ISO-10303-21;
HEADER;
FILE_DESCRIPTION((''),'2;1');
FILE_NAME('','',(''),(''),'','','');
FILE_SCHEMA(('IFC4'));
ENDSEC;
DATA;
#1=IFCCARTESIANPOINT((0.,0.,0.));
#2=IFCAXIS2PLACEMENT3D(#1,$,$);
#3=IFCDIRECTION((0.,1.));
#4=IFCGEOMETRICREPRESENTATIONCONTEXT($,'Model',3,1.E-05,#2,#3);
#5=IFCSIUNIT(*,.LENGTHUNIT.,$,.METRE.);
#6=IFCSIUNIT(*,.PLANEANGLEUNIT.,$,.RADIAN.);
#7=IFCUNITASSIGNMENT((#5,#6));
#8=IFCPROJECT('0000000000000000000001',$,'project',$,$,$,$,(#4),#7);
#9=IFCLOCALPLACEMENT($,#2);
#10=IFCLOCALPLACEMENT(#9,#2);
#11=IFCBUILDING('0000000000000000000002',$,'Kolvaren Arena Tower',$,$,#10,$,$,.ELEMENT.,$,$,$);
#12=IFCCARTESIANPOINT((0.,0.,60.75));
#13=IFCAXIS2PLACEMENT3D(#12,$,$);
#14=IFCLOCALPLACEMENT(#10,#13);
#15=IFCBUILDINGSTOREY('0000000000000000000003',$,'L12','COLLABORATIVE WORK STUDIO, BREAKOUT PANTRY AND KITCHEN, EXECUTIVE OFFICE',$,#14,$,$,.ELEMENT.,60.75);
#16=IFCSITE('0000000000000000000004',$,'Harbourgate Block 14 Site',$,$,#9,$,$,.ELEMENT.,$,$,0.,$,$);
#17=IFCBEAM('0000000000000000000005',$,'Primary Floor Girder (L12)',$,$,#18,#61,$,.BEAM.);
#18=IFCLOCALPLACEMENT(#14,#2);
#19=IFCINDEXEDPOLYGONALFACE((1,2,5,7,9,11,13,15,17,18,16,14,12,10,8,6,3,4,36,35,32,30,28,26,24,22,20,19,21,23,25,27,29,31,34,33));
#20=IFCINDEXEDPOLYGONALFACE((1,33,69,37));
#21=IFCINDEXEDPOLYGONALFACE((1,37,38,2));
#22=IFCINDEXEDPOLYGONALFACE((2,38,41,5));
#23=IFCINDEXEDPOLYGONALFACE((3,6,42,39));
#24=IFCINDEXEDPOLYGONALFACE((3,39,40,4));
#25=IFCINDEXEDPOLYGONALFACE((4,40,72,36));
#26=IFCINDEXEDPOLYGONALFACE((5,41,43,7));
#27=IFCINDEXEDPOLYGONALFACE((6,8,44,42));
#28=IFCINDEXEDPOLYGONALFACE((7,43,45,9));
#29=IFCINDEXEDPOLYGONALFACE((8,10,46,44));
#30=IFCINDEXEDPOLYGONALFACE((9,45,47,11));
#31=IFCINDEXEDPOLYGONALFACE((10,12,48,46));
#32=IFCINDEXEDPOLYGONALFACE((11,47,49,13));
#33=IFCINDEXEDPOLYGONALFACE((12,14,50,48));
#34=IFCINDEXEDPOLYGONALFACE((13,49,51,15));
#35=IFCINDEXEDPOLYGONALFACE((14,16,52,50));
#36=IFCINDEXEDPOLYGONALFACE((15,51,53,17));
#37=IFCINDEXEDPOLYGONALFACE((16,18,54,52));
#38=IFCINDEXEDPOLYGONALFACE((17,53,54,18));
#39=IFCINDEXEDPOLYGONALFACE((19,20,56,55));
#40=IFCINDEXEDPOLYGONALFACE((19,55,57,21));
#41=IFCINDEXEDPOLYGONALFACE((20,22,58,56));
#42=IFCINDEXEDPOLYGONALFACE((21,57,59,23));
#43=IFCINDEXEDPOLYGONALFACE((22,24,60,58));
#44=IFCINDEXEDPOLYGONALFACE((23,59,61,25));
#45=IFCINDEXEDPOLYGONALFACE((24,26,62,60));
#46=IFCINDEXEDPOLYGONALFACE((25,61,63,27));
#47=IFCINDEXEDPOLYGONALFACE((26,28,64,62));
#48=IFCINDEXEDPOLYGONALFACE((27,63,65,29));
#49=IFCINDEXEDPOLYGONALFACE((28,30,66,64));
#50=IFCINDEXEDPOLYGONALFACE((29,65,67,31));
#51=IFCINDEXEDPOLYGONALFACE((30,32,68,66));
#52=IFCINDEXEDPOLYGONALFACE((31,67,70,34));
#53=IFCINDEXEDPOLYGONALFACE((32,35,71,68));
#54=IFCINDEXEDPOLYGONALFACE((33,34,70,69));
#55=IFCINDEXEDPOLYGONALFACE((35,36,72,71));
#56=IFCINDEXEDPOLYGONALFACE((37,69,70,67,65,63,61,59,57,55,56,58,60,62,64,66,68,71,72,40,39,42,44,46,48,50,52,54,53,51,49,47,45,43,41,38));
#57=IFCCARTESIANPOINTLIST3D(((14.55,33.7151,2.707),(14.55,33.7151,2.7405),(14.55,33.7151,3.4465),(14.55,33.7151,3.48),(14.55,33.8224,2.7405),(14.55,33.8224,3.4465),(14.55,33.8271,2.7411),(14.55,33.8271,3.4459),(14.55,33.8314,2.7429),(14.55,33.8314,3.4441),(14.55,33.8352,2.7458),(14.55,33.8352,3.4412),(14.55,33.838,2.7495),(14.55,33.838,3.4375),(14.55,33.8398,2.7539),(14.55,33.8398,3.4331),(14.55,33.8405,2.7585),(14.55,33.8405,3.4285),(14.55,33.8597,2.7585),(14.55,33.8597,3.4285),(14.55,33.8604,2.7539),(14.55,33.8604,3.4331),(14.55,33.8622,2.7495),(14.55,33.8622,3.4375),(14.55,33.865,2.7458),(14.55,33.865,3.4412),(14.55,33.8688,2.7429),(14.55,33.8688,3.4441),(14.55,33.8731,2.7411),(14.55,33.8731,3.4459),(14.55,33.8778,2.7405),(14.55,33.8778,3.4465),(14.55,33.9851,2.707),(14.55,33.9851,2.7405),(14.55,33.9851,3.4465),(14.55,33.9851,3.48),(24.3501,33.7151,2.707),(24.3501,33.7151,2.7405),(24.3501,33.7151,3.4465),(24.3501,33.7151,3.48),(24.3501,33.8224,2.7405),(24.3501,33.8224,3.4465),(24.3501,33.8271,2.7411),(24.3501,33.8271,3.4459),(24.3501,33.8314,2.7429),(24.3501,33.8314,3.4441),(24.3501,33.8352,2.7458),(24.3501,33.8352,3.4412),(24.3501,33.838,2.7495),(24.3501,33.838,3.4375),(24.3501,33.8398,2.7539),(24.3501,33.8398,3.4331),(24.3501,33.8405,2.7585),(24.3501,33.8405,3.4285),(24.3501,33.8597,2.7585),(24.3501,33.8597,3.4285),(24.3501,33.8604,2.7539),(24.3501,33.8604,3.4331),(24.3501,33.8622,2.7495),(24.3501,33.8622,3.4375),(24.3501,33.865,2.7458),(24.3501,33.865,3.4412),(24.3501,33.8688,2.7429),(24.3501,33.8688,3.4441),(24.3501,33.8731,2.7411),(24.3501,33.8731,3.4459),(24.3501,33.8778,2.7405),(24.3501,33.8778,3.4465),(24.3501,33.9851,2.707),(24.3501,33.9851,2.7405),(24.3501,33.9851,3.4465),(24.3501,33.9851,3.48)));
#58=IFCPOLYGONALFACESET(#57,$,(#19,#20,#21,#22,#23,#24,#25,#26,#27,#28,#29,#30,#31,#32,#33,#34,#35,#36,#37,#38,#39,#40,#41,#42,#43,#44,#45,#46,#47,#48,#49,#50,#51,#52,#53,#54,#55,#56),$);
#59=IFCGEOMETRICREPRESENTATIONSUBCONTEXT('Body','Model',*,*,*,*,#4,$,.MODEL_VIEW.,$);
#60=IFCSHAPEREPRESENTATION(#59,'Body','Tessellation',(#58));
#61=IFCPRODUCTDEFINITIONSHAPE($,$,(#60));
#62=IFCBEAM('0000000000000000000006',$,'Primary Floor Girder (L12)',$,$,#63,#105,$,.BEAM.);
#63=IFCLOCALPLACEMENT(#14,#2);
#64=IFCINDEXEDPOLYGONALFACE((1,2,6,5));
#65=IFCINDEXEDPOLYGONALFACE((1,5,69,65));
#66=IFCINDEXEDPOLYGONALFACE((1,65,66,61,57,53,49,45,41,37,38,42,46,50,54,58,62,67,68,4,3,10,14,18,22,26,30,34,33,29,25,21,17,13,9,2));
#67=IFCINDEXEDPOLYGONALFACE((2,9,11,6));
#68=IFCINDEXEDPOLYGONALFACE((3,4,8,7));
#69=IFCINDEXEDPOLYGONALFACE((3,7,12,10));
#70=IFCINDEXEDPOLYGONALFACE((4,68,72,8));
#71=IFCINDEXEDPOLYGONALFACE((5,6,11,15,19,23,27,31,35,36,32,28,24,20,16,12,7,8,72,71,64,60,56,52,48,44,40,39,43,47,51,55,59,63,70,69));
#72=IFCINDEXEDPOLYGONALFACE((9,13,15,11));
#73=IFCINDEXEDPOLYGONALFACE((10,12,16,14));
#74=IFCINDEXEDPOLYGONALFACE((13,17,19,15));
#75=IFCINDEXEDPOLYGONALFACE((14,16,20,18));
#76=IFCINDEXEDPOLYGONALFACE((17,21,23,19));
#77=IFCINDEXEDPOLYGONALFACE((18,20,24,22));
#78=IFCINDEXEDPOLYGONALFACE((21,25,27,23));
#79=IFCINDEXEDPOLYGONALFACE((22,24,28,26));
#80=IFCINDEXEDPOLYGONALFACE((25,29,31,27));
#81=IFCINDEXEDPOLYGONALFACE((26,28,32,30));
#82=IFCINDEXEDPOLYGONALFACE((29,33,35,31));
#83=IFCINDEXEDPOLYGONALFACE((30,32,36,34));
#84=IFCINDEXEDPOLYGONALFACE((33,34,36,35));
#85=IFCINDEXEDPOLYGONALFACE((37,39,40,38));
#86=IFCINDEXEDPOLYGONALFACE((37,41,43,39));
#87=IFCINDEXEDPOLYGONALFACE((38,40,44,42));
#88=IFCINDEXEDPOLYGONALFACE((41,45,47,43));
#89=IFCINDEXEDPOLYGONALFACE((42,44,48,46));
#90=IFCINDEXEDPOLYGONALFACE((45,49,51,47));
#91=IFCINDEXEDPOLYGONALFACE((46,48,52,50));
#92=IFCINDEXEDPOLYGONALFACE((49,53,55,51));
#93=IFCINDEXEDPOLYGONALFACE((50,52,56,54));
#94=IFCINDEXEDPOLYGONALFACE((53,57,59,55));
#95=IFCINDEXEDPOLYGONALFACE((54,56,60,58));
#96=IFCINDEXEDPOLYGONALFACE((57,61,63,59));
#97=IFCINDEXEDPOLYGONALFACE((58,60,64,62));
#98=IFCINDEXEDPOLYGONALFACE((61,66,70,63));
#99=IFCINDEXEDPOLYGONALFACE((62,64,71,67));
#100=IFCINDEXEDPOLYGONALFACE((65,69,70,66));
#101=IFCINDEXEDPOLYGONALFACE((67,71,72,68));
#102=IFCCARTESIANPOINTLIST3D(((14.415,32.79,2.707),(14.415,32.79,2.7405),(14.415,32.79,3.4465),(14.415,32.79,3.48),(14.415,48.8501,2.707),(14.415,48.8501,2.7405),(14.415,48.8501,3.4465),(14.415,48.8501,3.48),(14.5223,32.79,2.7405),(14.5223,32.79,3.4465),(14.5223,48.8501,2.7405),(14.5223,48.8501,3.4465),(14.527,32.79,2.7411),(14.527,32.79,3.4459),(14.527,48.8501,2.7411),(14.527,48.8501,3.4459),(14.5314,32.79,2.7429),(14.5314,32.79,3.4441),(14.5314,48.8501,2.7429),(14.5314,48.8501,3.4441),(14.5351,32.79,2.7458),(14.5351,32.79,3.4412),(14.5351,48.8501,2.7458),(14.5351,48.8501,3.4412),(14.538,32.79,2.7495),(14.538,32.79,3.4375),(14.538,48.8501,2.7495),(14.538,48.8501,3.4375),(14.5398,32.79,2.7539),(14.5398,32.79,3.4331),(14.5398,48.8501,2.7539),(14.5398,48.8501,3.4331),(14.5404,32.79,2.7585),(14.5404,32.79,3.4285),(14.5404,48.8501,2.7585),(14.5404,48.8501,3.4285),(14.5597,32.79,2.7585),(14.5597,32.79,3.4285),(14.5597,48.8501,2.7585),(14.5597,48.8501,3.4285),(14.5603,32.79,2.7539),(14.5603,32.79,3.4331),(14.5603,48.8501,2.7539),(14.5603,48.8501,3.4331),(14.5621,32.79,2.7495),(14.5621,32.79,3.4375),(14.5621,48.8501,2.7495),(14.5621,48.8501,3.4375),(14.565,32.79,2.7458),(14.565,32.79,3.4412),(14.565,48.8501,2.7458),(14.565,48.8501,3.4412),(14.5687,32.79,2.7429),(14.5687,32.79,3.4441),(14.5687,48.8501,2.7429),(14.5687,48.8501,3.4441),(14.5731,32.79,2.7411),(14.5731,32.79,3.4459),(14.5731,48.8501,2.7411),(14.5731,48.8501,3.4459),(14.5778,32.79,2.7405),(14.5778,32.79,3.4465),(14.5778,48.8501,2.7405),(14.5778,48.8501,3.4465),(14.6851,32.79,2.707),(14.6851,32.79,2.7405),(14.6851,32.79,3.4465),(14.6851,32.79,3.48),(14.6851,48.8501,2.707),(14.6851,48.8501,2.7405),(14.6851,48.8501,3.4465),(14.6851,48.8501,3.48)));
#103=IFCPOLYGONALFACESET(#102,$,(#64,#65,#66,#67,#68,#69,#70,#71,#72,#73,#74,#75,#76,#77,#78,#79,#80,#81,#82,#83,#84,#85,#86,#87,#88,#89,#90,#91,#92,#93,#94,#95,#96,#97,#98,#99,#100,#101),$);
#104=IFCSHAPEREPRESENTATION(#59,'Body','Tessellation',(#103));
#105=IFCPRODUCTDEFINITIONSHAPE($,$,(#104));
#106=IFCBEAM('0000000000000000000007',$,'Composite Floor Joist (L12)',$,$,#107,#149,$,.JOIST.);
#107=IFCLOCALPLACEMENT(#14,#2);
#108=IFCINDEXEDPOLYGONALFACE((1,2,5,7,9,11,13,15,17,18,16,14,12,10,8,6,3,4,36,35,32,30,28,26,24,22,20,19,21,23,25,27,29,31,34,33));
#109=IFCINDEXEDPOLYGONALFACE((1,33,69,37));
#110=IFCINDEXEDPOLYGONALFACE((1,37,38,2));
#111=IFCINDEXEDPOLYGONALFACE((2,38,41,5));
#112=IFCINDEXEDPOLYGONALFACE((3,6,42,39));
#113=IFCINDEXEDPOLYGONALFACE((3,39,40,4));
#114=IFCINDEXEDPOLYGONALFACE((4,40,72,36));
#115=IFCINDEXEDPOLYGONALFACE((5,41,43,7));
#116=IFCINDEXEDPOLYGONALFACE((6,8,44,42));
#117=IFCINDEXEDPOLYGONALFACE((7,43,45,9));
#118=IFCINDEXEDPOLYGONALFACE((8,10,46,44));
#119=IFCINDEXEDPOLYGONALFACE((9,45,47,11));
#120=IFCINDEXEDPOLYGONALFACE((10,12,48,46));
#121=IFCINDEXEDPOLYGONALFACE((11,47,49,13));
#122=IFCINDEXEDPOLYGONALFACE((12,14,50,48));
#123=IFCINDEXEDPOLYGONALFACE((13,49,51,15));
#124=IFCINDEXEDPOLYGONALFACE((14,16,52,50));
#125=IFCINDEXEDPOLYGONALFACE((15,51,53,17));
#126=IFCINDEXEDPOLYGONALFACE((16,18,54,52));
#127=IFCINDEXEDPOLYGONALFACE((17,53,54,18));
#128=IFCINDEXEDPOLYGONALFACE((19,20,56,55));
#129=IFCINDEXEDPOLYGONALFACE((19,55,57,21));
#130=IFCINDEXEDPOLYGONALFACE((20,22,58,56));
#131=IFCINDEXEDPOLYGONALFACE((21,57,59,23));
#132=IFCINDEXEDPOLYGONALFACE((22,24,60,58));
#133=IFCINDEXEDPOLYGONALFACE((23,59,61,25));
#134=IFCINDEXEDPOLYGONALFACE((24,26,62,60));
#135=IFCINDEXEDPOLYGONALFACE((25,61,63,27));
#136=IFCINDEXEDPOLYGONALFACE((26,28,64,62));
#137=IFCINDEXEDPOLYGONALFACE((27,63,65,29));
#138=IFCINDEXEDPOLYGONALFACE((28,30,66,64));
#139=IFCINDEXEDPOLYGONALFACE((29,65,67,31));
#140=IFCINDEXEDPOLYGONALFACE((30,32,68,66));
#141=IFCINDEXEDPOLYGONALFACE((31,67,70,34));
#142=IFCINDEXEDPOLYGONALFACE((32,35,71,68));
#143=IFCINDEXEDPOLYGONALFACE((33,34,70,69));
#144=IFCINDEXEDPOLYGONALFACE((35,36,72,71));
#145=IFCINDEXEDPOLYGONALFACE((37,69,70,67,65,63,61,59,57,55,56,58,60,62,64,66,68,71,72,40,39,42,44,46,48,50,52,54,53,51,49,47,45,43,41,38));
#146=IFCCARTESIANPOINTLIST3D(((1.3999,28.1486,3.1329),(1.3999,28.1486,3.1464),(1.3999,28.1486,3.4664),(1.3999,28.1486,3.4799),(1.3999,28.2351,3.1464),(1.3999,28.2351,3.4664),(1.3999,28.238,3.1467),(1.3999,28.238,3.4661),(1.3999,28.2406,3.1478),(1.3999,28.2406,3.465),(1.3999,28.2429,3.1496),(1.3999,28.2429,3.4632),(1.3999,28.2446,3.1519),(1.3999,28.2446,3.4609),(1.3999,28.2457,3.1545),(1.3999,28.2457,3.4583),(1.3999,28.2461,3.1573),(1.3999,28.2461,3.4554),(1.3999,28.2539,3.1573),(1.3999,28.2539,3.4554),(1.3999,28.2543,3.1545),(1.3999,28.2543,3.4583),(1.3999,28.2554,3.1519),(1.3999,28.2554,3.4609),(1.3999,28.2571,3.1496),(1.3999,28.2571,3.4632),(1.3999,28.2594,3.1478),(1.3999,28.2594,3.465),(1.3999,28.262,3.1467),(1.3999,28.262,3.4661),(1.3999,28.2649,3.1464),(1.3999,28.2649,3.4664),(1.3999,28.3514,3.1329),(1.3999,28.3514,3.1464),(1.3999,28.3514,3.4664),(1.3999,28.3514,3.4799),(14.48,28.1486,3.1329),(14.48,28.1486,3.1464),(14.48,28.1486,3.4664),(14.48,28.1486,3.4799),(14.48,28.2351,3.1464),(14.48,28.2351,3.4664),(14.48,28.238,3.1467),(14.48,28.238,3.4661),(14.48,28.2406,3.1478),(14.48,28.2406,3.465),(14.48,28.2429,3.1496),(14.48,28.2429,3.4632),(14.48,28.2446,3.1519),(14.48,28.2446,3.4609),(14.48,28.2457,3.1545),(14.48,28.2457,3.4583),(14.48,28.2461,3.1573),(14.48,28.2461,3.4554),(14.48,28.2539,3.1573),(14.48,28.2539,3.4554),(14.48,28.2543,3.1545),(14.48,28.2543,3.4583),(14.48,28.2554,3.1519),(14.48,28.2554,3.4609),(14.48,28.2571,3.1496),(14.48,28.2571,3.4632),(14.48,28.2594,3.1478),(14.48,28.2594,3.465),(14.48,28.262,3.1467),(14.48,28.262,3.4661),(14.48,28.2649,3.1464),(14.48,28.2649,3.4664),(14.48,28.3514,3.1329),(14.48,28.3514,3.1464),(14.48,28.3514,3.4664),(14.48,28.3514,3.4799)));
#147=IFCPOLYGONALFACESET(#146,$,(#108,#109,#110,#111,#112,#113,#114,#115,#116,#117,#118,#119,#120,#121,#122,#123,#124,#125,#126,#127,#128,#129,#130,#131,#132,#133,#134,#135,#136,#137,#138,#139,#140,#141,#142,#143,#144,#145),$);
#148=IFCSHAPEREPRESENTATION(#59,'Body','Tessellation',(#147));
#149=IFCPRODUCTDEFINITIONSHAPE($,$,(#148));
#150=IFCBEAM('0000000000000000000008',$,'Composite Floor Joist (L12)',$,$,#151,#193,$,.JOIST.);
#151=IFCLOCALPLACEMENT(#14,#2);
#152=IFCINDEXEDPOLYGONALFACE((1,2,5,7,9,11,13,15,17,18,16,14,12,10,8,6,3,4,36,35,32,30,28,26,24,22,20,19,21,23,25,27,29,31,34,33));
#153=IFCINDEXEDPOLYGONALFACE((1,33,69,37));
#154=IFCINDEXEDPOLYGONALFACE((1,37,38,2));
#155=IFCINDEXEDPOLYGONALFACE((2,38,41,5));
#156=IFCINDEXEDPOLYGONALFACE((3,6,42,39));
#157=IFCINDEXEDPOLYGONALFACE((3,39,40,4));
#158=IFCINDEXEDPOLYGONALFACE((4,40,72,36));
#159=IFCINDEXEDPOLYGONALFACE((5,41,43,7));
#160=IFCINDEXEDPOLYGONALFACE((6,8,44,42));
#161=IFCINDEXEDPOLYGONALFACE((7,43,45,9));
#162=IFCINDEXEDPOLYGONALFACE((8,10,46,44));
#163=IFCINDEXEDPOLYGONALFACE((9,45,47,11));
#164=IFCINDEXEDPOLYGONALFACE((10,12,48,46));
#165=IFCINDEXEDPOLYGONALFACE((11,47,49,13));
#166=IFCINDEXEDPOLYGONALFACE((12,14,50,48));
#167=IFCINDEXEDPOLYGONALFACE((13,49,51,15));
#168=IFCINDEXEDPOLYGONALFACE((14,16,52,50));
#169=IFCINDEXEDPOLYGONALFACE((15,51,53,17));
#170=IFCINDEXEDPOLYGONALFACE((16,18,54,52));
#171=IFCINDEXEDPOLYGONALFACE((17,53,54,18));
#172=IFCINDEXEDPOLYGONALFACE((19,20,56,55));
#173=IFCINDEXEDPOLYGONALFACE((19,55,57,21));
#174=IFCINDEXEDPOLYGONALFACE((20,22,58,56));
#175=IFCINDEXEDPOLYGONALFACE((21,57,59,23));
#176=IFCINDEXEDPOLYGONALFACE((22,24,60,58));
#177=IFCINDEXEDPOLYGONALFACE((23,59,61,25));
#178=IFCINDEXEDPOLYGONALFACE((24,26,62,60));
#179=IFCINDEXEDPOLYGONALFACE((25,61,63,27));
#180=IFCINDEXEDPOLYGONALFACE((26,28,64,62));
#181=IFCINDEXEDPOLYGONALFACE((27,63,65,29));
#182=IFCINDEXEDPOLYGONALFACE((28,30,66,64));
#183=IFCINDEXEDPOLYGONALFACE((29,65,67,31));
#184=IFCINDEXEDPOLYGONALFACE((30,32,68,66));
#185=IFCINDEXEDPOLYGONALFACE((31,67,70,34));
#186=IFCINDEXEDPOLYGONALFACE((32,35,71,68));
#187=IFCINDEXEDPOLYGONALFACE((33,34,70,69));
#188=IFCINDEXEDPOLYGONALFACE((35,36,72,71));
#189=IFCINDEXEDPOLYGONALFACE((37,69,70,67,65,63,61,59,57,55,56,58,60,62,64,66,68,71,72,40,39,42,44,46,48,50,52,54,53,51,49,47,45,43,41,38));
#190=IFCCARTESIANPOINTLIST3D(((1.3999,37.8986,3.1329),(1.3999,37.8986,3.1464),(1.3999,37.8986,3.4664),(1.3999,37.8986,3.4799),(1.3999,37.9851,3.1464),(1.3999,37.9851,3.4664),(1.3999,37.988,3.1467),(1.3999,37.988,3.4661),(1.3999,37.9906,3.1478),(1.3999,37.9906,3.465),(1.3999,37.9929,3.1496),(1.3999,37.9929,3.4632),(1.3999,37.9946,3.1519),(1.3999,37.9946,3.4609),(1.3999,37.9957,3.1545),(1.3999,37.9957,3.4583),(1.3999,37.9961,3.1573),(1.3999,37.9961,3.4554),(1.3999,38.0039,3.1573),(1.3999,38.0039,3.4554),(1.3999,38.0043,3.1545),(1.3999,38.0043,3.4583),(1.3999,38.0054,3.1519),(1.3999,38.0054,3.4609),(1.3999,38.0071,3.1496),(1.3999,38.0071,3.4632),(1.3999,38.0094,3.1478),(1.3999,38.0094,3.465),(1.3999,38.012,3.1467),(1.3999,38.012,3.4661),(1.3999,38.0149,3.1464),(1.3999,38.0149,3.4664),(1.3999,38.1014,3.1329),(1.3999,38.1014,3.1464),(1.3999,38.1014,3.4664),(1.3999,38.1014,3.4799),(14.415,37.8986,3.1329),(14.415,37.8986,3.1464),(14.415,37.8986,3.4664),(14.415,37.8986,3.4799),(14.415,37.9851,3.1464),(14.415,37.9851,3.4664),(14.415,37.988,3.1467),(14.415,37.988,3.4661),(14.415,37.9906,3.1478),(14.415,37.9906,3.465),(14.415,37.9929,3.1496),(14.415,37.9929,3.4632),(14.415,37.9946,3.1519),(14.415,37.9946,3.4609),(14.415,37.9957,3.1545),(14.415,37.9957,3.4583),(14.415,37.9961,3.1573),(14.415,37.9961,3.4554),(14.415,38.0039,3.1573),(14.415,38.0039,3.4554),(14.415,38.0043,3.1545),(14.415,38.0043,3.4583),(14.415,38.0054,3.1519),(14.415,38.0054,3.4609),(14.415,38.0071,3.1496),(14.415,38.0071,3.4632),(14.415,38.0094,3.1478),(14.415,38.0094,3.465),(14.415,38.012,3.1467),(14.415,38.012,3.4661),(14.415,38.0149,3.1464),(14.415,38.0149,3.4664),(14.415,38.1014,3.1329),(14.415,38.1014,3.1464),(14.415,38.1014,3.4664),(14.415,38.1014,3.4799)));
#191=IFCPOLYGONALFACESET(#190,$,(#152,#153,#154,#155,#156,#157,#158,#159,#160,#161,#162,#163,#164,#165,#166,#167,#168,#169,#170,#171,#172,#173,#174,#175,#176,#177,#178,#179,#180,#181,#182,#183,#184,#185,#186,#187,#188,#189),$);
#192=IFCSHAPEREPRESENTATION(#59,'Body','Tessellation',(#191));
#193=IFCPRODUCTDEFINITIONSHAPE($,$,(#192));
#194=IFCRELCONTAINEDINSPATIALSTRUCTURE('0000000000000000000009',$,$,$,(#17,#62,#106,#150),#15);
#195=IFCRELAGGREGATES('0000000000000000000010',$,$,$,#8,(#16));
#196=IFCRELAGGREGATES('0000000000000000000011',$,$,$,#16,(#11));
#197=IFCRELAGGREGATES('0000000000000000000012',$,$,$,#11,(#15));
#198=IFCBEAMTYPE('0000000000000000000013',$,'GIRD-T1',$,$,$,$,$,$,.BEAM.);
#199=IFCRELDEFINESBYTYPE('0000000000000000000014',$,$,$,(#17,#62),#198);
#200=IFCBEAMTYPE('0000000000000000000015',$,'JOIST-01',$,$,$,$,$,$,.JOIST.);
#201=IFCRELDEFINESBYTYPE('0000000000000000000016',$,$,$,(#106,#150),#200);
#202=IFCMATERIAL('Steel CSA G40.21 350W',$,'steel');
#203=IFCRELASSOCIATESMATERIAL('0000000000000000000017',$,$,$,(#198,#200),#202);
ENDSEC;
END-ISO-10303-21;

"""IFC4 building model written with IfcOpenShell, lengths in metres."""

from ifc_helpers import new_model, si_unit, direction, frame, origin, origin_2d, place, context, subcontext, project, spatial, i_section, extrude, material, material_profile, profile_set, type_object, element, save


model = new_model("IFC4")

# Units and contexts
model_context = context("Model", 3, precision=1e-05, world=origin(), true_north=direction((0.0, 1.0)))
body_context = subcontext(model_context, "Body", "Model", "MODEL_VIEW")
ifc_project = project(units=[si_unit("LENGTHUNIT", "METRE"), si_unit("PLANEANGLEUNIT", "RADIAN")], contexts=[model_context])

# Site, building, storey
site_placement = place(None, origin())
site = spatial("IfcSite", under=ifc_project, at=site_placement, Name="Harbourgate Block 14 Site", CompositionType="ELEMENT", RefElevation=0.0)
building_placement = place(site_placement, origin())
building = spatial("IfcBuilding", under=site, at=building_placement, Name="Kolvaren Arena Tower", CompositionType="ELEMENT")
storey_placement = place(building_placement, frame((0.0, 0.0, 60.75)))
storey = spatial("IfcBuildingStorey", under=building, at=storey_placement, Name="L12", Description="COLLABORATIVE WORK STUDIO, BREAKOUT PANTRY AND KITCHEN, EXECUTIVE OFFICE", CompositionType="ELEMENT", Elevation=60.75)

# Beams
ifc_material_1 = material(Name="Steel CSA G40.21 350W", Category="steel")
ifc_material_profile_1 = material_profile(ifc_material_1, i_section(OverallWidth=0.27, OverallDepth=0.7729, WebThickness=0.0193, FlangeThickness=0.0334, FilletRadius=0.0181, at=origin_2d()), Name="W760x257")
ifc_profile_set_1 = profile_set([ifc_material_profile_1], Name="Steel CSA G40.21 350W")
beam_type_1 = type_object("IfcBeamType", Name="GIRD-T1", PredefinedType="BEAM", material=ifc_profile_set_1)
beam_1_placement = place(storey_placement, frame((14.55, 33.8501, 3.0935), z_axis=(1.0, 0.0, 0.0), x_axis=(0.0, 1.0, 0.0)))
element("IfcBeam", 1, at=beam_1_placement, inside=storey, type_object=beam_type_1, Name="Primary Floor Girder (L12)", PredefinedType="BEAM", context=body_context, shape_type="SweptSolid", body=[
    extrude(i_section(OverallWidth=0.27, OverallDepth=0.7729, WebThickness=0.0193, FlangeThickness=0.0334, FilletRadius=0.0181, at=origin_2d()), origin(), (0.0, 0.0, 1.0), 9.8),
])
beam_2_placement = place(storey_placement, frame((14.55, 32.79, 3.0935), z_axis=(0.0, 1.0, 0.0), x_axis=(-1.0, 0.0, 0.0)))
element("IfcBeam", 2, at=beam_2_placement, inside=storey, type_object=beam_type_1, Name="Primary Floor Girder (L12)", PredefinedType="BEAM", context=body_context, shape_type="SweptSolid", body=[
    extrude(i_section(OverallWidth=0.27, OverallDepth=0.7729, WebThickness=0.0193, FlangeThickness=0.0334, FilletRadius=0.0181, at=origin_2d()), origin(), (0.0, 0.0, 1.0), 16.0601),
])
ifc_material_profile_2 = material_profile(ifc_material_1, i_section(OverallWidth=0.2029, OverallDepth=0.3469, WebThickness=0.0078, FlangeThickness=0.0134, FilletRadius=0.011, at=origin_2d()), Name="W360x64")
ifc_profile_set_2 = profile_set([ifc_material_profile_2], Name="Steel CSA G40.21 350W")
beam_type_2 = type_object("IfcBeamType", Name="JOIST-01", PredefinedType="JOIST", material=ifc_profile_set_2)
beam_3_placement = place(storey_placement, frame((1.3999, 28.25, 3.3064), z_axis=(1.0, 0.0, 0.0), x_axis=(0.0, 1.0, 0.0)))
element("IfcBeam", 3, at=beam_3_placement, inside=storey, type_object=beam_type_2, Name="Composite Floor Joist (L12)", PredefinedType="JOIST", context=body_context, shape_type="SweptSolid", body=[
    extrude(i_section(OverallWidth=0.2029, OverallDepth=0.3469, WebThickness=0.0078, FlangeThickness=0.0134, FilletRadius=0.011, at=origin_2d()), origin(), (0.0, 0.0, 1.0), 13.0801),
])
beam_4_placement = place(storey_placement, frame((1.3999, 38.0, 3.3064), z_axis=(1.0, 0.0, 0.0), x_axis=(0.0, 1.0, 0.0)))
element("IfcBeam", 4, at=beam_4_placement, inside=storey, type_object=beam_type_2, Name="Composite Floor Joist (L12)", PredefinedType="JOIST", context=body_context, shape_type="SweptSolid", body=[
    extrude(i_section(OverallWidth=0.2029, OverallDepth=0.3469, WebThickness=0.0078, FlangeThickness=0.0134, FilletRadius=0.011, at=origin_2d()), origin(), (0.0, 0.0, 1.0), 13.0151),
])

save(model, "model.ifc")
